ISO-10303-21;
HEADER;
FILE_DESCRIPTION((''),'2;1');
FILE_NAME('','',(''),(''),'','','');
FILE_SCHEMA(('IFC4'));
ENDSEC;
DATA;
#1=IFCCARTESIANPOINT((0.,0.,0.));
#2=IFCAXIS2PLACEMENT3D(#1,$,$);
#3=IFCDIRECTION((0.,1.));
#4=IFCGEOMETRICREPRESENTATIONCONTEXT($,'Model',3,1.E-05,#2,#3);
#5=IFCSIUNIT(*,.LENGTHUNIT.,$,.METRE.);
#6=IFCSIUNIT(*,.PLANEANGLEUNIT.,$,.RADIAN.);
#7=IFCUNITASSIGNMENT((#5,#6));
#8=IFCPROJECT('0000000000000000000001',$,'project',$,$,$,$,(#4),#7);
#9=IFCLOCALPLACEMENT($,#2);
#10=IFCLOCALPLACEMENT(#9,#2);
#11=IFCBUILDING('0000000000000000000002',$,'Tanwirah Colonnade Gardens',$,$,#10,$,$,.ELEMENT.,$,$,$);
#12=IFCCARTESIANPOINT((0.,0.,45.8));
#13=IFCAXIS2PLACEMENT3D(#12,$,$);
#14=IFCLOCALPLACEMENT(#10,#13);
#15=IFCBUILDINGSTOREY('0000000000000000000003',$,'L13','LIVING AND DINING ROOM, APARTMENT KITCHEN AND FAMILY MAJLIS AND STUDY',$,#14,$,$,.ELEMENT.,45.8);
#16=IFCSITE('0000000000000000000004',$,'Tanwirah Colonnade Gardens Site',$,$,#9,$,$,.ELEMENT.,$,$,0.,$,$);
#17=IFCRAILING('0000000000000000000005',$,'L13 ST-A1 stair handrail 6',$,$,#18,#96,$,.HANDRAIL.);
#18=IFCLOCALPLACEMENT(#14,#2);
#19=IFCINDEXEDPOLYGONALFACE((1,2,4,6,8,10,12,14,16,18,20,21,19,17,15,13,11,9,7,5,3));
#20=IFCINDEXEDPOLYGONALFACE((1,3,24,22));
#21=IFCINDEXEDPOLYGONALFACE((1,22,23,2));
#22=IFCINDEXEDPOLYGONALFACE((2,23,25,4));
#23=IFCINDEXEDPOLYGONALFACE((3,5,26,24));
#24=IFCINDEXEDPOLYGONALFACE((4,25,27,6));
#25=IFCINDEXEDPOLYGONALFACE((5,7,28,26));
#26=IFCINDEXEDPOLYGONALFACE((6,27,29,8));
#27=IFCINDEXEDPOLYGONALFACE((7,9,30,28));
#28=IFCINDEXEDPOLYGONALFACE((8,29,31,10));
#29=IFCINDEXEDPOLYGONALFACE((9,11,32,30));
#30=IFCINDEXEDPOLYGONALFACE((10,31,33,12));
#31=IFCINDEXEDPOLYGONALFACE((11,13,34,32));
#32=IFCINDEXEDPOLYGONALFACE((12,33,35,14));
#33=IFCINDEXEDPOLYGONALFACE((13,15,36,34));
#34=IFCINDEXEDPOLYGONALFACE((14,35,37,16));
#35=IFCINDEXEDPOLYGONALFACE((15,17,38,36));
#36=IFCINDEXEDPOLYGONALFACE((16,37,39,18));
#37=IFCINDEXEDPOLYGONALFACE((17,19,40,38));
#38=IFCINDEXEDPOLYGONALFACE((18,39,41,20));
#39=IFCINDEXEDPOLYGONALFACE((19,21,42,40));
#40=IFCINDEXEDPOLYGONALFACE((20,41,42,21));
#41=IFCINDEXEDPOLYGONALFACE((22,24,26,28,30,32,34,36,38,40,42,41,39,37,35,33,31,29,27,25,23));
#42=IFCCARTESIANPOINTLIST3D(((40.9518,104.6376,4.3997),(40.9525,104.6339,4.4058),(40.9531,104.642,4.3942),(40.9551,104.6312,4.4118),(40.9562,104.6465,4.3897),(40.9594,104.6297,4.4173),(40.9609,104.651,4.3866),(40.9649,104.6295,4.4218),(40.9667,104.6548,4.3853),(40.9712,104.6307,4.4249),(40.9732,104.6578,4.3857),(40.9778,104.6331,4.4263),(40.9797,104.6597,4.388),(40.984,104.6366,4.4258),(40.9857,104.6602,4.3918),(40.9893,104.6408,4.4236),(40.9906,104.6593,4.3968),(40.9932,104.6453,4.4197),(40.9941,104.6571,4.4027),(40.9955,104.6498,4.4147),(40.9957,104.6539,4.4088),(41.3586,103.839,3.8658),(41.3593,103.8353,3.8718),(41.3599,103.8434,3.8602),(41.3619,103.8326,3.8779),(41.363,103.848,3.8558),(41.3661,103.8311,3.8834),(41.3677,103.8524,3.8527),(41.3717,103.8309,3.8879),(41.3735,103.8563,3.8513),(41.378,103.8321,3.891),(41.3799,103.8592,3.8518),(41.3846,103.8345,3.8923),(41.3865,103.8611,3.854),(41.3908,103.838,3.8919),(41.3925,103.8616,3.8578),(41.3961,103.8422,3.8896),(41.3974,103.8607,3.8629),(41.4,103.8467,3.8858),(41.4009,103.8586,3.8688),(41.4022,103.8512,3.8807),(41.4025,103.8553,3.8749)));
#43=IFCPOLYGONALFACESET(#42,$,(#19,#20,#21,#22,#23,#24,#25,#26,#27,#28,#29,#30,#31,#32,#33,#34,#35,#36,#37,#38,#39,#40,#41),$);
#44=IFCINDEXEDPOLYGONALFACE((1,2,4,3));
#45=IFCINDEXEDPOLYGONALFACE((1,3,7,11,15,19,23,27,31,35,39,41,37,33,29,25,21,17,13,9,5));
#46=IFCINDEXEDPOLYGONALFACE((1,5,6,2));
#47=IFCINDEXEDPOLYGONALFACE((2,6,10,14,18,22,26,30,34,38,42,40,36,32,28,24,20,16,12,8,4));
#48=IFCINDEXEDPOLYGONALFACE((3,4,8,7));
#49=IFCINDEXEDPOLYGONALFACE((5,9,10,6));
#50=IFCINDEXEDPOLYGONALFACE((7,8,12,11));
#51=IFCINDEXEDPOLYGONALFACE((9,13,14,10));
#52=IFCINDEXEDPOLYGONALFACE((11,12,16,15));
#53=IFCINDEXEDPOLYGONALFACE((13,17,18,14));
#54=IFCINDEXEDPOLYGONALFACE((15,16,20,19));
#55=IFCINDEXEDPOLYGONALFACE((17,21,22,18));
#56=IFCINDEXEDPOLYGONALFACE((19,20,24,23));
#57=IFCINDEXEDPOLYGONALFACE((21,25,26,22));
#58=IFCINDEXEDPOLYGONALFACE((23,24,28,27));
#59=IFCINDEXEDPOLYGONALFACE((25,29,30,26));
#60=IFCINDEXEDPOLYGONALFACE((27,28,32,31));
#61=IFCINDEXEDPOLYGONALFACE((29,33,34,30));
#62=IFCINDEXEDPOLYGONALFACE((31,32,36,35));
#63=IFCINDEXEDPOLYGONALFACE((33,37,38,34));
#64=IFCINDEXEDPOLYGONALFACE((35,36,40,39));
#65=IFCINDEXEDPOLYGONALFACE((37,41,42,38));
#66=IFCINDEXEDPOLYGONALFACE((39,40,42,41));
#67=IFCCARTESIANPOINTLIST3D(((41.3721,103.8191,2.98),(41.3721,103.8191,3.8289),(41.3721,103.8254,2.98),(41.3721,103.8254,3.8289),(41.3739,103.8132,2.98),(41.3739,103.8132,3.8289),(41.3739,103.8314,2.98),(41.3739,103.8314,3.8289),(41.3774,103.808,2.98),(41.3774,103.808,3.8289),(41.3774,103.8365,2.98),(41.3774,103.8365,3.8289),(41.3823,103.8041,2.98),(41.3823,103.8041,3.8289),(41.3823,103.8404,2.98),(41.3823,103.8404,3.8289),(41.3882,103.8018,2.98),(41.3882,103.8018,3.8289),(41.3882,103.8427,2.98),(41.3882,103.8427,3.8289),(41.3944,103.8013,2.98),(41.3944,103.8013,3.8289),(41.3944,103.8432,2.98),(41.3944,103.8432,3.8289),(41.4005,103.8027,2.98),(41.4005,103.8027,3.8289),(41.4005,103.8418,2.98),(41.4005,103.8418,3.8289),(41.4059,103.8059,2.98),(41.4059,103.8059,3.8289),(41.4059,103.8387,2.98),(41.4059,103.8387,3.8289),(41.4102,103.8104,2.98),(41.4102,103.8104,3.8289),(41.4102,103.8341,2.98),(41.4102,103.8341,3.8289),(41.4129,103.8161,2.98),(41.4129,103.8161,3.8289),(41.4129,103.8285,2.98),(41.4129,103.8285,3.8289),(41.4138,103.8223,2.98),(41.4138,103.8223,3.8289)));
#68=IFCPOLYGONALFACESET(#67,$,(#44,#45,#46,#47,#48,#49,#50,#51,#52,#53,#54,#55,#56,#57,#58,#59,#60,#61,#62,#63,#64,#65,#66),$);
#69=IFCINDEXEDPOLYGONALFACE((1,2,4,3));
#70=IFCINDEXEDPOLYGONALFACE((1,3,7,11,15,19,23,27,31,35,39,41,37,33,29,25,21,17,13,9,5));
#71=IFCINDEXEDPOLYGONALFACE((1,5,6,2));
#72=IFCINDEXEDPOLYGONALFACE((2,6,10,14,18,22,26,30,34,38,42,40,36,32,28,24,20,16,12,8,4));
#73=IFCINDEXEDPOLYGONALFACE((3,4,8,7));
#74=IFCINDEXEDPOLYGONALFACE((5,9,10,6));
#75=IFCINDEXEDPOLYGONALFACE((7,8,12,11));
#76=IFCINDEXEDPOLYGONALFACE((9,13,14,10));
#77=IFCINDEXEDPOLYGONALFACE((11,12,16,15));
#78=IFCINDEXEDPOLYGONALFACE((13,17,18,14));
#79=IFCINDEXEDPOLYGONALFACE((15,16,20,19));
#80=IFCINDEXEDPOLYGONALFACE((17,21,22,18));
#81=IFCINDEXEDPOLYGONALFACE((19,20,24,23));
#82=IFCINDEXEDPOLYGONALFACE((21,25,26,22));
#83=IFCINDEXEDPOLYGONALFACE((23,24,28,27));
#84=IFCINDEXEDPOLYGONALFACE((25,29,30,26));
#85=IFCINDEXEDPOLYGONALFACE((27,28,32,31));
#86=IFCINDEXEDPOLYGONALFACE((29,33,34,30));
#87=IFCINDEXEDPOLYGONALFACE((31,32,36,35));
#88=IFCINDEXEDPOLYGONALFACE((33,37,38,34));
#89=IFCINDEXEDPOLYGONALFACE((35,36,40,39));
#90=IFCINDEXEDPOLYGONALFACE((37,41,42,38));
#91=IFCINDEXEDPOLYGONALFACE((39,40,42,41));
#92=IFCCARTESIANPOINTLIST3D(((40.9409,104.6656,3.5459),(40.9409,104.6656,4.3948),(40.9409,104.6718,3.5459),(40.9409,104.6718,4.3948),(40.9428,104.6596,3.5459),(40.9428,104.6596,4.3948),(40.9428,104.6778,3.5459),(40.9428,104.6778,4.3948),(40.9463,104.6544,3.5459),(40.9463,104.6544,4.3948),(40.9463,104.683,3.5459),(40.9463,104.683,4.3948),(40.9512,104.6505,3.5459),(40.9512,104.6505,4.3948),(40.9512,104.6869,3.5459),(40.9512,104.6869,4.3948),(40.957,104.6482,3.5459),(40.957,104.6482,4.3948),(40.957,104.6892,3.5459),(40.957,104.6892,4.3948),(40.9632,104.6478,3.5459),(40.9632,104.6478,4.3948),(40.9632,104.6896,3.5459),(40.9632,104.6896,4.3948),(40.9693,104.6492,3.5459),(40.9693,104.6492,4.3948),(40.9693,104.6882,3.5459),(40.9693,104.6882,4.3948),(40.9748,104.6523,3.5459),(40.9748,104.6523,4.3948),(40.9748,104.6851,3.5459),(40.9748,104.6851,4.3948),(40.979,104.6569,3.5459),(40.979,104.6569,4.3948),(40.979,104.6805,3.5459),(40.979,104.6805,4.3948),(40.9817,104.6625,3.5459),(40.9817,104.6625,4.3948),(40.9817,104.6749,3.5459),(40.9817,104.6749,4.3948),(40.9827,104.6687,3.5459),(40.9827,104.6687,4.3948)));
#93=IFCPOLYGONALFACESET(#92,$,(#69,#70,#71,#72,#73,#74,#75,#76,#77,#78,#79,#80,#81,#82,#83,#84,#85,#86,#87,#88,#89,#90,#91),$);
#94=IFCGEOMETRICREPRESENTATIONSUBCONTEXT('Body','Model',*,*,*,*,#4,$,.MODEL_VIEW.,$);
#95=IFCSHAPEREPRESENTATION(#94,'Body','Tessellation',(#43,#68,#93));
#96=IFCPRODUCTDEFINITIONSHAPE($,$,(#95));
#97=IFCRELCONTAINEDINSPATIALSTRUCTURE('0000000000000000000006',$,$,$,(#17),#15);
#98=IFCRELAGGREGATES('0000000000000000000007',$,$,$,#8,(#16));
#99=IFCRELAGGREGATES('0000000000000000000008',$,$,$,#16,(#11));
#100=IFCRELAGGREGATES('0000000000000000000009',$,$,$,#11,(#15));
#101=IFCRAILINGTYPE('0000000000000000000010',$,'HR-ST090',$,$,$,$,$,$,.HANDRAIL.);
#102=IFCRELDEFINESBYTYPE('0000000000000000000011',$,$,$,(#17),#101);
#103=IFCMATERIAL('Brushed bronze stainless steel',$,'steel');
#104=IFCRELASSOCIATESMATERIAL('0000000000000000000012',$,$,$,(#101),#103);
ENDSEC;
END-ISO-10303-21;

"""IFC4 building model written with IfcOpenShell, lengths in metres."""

from ifc_helpers import new_model, si_unit, direction, frame, origin, origin_2d, place, context, subcontext, project, spatial, circle, extrude, material, type_object, element, save


model = new_model("IFC4")

# Units and contexts
model_context = context("Model", 3, precision=1e-05, world=origin(), true_north=direction((0.0, 1.0)))
body_context = subcontext(model_context, "Body", "Model", "MODEL_VIEW")
ifc_project = project(units=[si_unit("LENGTHUNIT", "METRE"), si_unit("PLANEANGLEUNIT", "RADIAN")], contexts=[model_context])

# Site, building, storey
site_placement = place(None, origin())
site = spatial("IfcSite", under=ifc_project, at=site_placement, Name="Tanwirah Colonnade Gardens Site", CompositionType="ELEMENT", RefElevation=0.0)
building_placement = place(site_placement, origin())
building = spatial("IfcBuilding", under=site, at=building_placement, Name="Tanwirah Colonnade Gardens", CompositionType="ELEMENT")
storey_placement = place(building_placement, frame((0.0, 0.0, 45.8)))
storey = spatial("IfcBuildingStorey", under=building, at=storey_placement, Name="L13", Description="LIVING AND DINING ROOM, APARTMENT KITCHEN AND FAMILY MAJLIS AND STUDY", CompositionType="ELEMENT", Elevation=45.8)

# Railing
ifc_material_1 = material(Name="Brushed bronze stainless steel", Category="steel")
railing_type_1 = type_object("IfcRailingType", Name="HR-ST090", PredefinedType="HANDRAIL", material=ifc_material_1)
railing_1_placement = place(storey_placement, frame((41.3928, 103.8223, 2.98)))
element("IfcRailing", 1, at=railing_1_placement, inside=storey, type_object=railing_type_1, Name="L13 ST-A1 stair handrail 6", PredefinedType="HANDRAIL", context=body_context, shape_type="SweptSolid", body=[
    extrude(circle(Radius=0.0239, at=origin_2d()), frame((-0.0122, 0.0239, 0.8918), z_axis=(-0.38993, 0.765509, 0.511811), x_axis=(-0.891061, -0.453883, 0.0)), (0.0, 0.0, 1.0), 1.0432),
    extrude(circle(Radius=0.021, at=origin_2d()), origin(), (0.0, 0.0, 1.0), 0.8489),
    extrude(circle(Radius=0.021, at=origin_2d()), frame((-0.4312, 0.8464, 0.5659)), (0.0, 0.0, 1.0), 0.8489),
])

save(model, "model.ifc")
